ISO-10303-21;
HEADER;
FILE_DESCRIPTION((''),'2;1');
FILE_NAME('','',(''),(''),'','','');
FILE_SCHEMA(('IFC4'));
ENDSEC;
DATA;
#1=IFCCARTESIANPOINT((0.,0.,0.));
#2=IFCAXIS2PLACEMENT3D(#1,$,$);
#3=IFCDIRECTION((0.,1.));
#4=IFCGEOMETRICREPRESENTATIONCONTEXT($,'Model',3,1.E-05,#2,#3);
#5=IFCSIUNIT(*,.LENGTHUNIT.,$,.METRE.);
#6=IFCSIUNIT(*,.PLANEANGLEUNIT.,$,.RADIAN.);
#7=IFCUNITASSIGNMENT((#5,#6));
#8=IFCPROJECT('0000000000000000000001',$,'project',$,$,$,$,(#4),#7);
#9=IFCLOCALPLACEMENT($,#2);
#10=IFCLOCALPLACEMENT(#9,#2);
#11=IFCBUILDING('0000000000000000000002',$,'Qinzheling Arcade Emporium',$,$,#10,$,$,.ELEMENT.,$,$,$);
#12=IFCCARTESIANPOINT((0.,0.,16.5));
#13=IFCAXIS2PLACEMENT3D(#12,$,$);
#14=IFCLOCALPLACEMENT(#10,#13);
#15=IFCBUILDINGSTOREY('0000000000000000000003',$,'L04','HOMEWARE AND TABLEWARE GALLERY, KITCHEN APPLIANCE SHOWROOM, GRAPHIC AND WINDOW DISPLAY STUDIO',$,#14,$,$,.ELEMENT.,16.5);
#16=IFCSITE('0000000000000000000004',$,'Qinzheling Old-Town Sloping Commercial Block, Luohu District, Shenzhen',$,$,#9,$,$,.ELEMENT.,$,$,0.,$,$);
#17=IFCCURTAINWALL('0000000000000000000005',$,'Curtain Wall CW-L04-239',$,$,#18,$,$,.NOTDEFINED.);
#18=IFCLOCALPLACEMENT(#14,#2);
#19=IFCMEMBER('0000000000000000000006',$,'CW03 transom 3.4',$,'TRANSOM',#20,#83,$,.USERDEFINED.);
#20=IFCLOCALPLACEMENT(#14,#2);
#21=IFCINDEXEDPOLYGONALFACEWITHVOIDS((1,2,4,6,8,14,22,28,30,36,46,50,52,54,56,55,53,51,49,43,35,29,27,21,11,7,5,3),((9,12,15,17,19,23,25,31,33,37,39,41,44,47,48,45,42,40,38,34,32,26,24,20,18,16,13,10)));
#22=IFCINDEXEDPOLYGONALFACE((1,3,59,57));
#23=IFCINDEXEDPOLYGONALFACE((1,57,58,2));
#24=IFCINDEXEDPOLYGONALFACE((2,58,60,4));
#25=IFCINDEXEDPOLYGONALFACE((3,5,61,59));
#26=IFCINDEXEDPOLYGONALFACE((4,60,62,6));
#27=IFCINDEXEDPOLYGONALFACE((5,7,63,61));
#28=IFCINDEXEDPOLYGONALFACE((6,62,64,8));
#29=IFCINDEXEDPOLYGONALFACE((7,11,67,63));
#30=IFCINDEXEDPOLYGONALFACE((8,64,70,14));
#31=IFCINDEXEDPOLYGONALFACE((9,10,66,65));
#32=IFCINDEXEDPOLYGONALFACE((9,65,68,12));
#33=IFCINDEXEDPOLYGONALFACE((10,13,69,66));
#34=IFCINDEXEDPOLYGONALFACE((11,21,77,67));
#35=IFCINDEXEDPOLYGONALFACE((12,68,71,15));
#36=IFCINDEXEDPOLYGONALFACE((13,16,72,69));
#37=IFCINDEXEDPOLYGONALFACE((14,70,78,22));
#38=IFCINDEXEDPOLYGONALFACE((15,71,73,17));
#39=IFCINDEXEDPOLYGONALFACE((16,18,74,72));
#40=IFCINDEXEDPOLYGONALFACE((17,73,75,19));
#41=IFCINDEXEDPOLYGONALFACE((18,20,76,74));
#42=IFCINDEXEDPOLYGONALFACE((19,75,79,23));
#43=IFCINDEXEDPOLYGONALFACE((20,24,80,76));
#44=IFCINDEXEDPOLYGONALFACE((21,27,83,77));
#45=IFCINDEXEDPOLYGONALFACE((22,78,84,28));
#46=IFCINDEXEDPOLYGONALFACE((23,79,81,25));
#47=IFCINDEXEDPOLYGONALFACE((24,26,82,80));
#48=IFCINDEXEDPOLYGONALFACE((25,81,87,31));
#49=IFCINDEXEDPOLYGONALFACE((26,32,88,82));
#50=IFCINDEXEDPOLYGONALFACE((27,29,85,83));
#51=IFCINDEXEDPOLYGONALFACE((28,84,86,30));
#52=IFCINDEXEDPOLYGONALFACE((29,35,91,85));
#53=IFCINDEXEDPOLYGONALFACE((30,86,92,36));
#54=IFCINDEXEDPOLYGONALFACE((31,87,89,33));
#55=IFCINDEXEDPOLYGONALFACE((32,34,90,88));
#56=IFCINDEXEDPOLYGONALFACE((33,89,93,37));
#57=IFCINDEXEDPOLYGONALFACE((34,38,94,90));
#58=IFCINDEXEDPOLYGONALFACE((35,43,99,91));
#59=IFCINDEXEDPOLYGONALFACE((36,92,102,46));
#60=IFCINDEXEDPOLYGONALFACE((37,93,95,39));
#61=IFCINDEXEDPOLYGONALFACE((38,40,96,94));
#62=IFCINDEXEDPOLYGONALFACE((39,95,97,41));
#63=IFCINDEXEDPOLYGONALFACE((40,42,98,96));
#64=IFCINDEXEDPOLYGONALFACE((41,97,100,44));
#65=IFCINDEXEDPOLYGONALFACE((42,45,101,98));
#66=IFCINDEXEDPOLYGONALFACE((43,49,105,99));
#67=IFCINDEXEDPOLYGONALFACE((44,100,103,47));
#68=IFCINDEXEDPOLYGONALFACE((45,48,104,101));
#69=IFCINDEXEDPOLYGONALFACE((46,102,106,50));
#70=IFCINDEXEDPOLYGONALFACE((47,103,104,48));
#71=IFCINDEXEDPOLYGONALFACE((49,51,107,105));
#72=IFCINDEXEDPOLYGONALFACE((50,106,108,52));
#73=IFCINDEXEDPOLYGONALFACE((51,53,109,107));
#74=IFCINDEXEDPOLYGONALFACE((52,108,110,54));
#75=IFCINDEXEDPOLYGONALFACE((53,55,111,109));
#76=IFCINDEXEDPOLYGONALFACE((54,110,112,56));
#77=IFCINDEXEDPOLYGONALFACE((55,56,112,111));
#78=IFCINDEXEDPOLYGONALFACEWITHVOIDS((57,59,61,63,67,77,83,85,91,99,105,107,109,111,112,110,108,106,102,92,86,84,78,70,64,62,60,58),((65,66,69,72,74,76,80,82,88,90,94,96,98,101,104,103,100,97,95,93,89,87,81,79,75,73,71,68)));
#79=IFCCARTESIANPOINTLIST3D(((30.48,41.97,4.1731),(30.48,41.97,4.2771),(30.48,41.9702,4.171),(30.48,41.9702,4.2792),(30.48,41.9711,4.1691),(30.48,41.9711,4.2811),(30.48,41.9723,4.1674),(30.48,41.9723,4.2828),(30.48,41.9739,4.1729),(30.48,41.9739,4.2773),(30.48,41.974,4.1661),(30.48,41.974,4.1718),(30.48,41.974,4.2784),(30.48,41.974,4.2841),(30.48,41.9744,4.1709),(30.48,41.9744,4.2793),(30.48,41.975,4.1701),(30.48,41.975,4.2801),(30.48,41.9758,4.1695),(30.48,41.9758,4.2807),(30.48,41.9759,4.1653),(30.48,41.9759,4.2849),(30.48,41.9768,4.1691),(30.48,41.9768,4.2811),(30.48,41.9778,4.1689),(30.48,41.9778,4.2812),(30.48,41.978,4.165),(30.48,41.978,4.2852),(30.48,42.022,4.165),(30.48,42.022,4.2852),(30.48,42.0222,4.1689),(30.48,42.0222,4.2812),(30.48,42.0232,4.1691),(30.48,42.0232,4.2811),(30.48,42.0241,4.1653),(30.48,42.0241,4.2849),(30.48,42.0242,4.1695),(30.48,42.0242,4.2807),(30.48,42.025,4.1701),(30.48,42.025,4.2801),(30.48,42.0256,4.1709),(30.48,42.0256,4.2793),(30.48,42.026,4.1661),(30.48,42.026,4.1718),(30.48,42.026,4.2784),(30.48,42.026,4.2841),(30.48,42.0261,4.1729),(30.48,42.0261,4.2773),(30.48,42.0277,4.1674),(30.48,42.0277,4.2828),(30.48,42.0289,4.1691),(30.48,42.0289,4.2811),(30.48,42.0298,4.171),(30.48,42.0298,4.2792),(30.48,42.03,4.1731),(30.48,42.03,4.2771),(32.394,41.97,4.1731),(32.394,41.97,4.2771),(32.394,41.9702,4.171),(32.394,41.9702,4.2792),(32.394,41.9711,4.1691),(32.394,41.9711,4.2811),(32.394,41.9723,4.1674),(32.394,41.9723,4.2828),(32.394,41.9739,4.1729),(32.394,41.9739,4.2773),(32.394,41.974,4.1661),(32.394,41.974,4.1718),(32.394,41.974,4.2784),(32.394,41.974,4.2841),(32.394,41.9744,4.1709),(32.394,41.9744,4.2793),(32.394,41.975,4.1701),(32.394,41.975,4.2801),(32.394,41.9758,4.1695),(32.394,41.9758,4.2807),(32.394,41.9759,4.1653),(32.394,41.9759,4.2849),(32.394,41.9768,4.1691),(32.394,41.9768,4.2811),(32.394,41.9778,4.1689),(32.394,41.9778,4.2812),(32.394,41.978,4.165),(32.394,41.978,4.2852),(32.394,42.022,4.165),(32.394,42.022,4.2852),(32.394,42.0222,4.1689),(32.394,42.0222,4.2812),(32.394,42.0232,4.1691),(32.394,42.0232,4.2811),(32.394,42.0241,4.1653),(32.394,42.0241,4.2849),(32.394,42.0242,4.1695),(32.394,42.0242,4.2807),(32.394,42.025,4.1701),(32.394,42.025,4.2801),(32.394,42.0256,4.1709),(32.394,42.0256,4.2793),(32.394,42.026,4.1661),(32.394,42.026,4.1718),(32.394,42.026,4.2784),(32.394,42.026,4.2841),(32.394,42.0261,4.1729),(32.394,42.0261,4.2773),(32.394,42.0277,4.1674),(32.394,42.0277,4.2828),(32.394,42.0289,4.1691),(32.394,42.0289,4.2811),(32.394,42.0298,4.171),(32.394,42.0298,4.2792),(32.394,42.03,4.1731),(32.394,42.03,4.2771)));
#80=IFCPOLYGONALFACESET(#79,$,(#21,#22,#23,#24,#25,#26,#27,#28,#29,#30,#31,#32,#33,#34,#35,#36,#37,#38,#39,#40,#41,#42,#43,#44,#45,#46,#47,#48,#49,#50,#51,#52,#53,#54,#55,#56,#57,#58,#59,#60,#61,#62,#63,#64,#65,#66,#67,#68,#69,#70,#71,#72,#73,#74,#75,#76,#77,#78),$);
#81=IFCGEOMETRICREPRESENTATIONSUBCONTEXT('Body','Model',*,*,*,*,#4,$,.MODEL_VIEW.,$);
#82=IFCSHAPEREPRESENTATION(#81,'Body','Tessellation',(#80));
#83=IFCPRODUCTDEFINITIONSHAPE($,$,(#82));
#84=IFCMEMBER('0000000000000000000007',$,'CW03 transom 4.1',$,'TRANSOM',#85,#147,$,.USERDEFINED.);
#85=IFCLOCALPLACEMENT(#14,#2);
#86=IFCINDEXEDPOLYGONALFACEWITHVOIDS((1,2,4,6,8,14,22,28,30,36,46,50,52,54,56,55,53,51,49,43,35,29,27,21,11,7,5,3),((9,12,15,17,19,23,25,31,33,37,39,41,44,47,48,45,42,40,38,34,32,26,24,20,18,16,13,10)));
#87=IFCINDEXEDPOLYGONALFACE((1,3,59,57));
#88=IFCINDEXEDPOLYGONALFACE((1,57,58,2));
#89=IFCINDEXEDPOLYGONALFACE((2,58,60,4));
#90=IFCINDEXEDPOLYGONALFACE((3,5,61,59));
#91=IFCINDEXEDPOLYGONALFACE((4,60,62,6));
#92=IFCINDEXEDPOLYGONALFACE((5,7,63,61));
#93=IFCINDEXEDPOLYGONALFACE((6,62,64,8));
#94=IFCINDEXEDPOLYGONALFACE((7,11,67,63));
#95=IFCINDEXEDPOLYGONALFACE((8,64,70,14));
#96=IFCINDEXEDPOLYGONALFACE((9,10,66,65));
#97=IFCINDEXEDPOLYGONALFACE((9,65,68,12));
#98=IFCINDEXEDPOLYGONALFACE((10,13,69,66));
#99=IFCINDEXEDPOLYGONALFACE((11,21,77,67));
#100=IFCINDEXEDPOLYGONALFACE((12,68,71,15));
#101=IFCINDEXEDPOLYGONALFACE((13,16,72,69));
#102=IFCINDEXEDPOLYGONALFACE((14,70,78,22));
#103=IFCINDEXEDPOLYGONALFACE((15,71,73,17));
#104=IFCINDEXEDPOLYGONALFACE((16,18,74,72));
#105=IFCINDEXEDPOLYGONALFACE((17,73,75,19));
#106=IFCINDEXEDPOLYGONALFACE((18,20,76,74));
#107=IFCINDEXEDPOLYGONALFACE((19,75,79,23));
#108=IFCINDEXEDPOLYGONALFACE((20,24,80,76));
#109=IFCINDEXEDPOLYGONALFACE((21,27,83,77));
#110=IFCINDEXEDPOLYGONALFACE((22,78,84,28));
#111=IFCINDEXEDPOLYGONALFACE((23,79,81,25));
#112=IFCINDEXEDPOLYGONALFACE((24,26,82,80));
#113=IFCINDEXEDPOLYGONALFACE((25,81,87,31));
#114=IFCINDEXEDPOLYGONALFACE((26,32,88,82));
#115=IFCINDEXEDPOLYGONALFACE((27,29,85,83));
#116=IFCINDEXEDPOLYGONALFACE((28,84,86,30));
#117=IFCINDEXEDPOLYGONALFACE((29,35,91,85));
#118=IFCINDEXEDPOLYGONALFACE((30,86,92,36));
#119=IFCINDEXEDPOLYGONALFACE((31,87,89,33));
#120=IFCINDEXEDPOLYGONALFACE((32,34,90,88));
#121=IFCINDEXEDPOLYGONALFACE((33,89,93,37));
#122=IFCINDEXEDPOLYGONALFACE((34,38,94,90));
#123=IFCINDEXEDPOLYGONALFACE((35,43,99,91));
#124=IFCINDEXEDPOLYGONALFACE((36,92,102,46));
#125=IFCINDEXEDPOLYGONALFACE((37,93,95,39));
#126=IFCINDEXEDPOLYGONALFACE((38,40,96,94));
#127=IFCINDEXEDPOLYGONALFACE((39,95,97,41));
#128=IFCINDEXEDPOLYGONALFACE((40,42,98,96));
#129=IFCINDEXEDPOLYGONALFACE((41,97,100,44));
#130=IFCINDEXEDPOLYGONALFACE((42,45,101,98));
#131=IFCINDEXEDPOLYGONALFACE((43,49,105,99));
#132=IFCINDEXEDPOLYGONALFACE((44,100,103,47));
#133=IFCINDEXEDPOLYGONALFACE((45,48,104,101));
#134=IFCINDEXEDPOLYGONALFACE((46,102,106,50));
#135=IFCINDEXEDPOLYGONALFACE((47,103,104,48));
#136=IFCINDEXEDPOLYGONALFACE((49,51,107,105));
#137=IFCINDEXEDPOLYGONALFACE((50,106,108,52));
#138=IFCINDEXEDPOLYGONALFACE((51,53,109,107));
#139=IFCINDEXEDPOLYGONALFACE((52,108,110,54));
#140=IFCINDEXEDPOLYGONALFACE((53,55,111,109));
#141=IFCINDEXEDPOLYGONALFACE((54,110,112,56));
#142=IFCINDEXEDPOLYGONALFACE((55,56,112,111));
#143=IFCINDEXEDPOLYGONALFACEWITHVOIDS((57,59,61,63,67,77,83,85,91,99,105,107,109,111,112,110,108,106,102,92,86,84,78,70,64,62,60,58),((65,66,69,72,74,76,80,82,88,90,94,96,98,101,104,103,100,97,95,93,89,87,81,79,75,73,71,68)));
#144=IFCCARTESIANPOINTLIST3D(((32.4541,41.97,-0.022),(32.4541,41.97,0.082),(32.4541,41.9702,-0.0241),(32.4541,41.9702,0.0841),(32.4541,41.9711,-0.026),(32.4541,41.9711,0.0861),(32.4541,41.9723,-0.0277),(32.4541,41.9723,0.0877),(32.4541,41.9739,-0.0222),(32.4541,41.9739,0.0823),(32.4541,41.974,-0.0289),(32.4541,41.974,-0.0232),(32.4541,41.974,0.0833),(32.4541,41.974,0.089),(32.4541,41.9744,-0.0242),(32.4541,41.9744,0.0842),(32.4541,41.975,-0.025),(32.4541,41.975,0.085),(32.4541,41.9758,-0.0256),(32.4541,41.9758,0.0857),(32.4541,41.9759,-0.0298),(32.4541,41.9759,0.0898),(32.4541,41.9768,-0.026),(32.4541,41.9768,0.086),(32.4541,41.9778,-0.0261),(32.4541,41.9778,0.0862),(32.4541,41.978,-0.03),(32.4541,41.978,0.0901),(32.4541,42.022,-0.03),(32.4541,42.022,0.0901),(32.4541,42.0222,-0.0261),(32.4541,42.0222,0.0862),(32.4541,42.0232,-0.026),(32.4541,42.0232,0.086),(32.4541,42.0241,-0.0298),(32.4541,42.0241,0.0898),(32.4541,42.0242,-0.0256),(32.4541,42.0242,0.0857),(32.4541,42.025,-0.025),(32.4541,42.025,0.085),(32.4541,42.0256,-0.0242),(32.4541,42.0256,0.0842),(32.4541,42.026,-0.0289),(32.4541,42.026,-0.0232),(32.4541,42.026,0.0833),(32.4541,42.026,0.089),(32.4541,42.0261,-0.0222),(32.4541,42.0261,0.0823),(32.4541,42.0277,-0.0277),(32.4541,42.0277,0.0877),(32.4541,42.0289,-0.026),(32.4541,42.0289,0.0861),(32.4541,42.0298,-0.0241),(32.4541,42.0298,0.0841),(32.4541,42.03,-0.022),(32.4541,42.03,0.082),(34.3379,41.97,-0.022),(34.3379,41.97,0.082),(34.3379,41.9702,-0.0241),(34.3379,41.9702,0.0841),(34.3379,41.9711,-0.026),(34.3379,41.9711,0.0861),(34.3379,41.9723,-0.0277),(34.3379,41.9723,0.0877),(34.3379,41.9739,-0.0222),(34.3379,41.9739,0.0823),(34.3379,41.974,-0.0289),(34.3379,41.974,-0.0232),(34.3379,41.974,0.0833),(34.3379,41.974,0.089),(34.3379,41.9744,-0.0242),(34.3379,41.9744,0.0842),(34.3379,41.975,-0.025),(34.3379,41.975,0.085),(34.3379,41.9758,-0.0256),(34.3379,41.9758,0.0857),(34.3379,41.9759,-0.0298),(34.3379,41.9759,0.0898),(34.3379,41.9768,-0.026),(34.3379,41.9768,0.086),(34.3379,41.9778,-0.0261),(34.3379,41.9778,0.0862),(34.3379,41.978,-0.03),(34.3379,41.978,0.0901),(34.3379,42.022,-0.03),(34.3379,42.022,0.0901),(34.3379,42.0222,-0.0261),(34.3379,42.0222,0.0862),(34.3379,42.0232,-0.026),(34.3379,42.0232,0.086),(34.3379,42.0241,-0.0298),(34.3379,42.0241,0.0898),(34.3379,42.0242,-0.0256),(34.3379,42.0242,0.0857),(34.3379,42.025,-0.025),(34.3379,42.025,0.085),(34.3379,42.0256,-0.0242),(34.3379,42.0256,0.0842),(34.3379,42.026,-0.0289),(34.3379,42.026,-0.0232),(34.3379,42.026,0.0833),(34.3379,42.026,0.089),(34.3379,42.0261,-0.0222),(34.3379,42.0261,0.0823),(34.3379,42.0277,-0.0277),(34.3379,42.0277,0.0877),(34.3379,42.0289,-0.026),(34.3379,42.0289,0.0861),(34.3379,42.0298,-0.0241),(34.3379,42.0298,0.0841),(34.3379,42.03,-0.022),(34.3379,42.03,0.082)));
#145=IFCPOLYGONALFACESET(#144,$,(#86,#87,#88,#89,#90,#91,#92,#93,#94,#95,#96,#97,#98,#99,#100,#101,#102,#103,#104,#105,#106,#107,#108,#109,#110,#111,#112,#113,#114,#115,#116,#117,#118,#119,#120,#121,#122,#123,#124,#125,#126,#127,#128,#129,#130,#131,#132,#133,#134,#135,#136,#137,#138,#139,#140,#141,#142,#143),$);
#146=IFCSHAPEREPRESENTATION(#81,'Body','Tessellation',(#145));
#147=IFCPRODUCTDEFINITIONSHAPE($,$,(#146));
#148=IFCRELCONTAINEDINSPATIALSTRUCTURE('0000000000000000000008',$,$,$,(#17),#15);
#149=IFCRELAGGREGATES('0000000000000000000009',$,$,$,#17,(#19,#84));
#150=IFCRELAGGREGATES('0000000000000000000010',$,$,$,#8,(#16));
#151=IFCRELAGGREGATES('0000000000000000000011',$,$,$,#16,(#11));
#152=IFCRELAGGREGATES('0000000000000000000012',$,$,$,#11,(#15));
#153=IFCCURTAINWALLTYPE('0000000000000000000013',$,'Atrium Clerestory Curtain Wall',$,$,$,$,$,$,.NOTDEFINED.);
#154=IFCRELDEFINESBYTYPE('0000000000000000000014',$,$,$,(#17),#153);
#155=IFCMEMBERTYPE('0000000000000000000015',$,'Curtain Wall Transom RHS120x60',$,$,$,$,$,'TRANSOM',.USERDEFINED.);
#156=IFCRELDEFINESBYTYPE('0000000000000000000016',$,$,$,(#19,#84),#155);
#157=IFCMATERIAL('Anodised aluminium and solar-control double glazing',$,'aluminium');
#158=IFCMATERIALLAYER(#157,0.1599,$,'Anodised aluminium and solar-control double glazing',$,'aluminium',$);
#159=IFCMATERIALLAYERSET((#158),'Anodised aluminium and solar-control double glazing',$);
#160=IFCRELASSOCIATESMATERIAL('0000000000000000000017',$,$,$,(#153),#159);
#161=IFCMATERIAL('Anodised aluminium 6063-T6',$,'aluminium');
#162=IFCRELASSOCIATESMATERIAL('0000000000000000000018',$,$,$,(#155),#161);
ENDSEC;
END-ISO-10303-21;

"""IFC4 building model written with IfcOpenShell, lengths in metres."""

from ifc_helpers import new_model, si_unit, direction, frame, origin, origin_2d, place, context, subcontext, project, spatial, hollow_rectangle, extrude, material, layer, layer_set, material_profile, profile_set, type_object, element, aggregate, save


model = new_model("IFC4")

# Units and contexts
model_context = context("Model", 3, precision=1e-05, world=origin(), true_north=direction((0.0, 1.0)))
body_context = subcontext(model_context, "Body", "Model", "MODEL_VIEW")
ifc_project = project(units=[si_unit("LENGTHUNIT", "METRE"), si_unit("PLANEANGLEUNIT", "RADIAN")], contexts=[model_context])

# Site, building, storey
site_placement = place(None, origin())
site = spatial("IfcSite", under=ifc_project, at=site_placement, Name="Qinzheling Old-Town Sloping Commercial Block, Luohu District, Shenzhen", CompositionType="ELEMENT", RefElevation=0.0)
building_placement = place(site_placement, origin())
building = spatial("IfcBuilding", under=site, at=building_placement, Name="Qinzheling Arcade Emporium", CompositionType="ELEMENT")
storey_placement = place(building_placement, frame((0.0, 0.0, 16.5)))
storey = spatial("IfcBuildingStorey", under=building, at=storey_placement, Name="L04", Description="HOMEWARE AND TABLEWARE GALLERY, KITCHEN APPLIANCE SHOWROOM, GRAPHIC AND WINDOW DISPLAY STUDIO", CompositionType="ELEMENT", Elevation=16.5)

# Curtain wall, members
ifc_material_1 = material(Name="Anodised aluminium and solar-control double glazing", Category="aluminium")
ifc_layer_1 = layer(ifc_material_1, 0.1599, Name="Anodised aluminium and solar-control double glazing", Category="aluminium")
ifc_layer_set_1 = layer_set([ifc_layer_1], Name="Anodised aluminium and solar-control double glazing")
curtain_wall_type = type_object("IfcCurtainWallType", Name="Atrium Clerestory Curtain Wall", PredefinedType="NOTDEFINED", material=ifc_layer_set_1)
curtain_wall_placement = place(storey_placement, origin())
curtain_wall = element("IfcCurtainWall", 1, at=curtain_wall_placement, inside=storey, type_object=curtain_wall_type, Name="Curtain Wall CW-L04-239", PredefinedType="NOTDEFINED")
ifc_material_2 = material(Name="Anodised aluminium 6063-T6", Category="aluminium")
ifc_material_profile_1 = material_profile(ifc_material_2, hollow_rectangle(XDim=0.0601, YDim=0.1201, WallThickness=0.0039, InnerFilletRadius=0.0039, OuterFilletRadius=0.0081, at=origin_2d()), Name="RHS 120x60x4", Category="aluminium")
ifc_profile_set_1 = profile_set([ifc_material_profile_1], Name="Anodised aluminium 6063-T6")
member_type_1 = type_object("IfcMemberType", Name="Curtain Wall Transom RHS120x60", ElementType="TRANSOM", PredefinedType="USERDEFINED", material=ifc_profile_set_1)
member_1_placement = place(storey_placement, frame((30.48, 42.0, 4.2251), z_axis=(1.0, 0.0, 0.0), x_axis=(0.0, 1.0, 0.0)))
member_1 = element("IfcMember", 2, at=member_1_placement, type_object=member_type_1, Name="CW03 transom 3.4", ObjectType="TRANSOM", PredefinedType="USERDEFINED", context=body_context, shape_type="SweptSolid", body=[
    extrude(hollow_rectangle(XDim=0.0601, YDim=0.1201, WallThickness=0.0039, InnerFilletRadius=0.0039, OuterFilletRadius=0.0081, at=origin_2d()), origin(), (0.0, 0.0, 1.0), 1.9141),
])
member_2_placement = place(storey_placement, frame((32.4541, 42.0, 0.03), z_axis=(1.0, 0.0, 0.0), x_axis=(0.0, 1.0, 0.0)))
member_2 = element("IfcMember", 3, at=member_2_placement, type_object=member_type_1, Name="CW03 transom 4.1", ObjectType="TRANSOM", PredefinedType="USERDEFINED", context=body_context, shape_type="SweptSolid", body=[
    extrude(hollow_rectangle(XDim=0.0601, YDim=0.1201, WallThickness=0.0039, InnerFilletRadius=0.0039, OuterFilletRadius=0.0081, at=origin_2d()), origin(), (0.0, 0.0, 1.0), 1.8838),
])
aggregate(curtain_wall, [member_1, member_2])

save(model, "model.ifc")
